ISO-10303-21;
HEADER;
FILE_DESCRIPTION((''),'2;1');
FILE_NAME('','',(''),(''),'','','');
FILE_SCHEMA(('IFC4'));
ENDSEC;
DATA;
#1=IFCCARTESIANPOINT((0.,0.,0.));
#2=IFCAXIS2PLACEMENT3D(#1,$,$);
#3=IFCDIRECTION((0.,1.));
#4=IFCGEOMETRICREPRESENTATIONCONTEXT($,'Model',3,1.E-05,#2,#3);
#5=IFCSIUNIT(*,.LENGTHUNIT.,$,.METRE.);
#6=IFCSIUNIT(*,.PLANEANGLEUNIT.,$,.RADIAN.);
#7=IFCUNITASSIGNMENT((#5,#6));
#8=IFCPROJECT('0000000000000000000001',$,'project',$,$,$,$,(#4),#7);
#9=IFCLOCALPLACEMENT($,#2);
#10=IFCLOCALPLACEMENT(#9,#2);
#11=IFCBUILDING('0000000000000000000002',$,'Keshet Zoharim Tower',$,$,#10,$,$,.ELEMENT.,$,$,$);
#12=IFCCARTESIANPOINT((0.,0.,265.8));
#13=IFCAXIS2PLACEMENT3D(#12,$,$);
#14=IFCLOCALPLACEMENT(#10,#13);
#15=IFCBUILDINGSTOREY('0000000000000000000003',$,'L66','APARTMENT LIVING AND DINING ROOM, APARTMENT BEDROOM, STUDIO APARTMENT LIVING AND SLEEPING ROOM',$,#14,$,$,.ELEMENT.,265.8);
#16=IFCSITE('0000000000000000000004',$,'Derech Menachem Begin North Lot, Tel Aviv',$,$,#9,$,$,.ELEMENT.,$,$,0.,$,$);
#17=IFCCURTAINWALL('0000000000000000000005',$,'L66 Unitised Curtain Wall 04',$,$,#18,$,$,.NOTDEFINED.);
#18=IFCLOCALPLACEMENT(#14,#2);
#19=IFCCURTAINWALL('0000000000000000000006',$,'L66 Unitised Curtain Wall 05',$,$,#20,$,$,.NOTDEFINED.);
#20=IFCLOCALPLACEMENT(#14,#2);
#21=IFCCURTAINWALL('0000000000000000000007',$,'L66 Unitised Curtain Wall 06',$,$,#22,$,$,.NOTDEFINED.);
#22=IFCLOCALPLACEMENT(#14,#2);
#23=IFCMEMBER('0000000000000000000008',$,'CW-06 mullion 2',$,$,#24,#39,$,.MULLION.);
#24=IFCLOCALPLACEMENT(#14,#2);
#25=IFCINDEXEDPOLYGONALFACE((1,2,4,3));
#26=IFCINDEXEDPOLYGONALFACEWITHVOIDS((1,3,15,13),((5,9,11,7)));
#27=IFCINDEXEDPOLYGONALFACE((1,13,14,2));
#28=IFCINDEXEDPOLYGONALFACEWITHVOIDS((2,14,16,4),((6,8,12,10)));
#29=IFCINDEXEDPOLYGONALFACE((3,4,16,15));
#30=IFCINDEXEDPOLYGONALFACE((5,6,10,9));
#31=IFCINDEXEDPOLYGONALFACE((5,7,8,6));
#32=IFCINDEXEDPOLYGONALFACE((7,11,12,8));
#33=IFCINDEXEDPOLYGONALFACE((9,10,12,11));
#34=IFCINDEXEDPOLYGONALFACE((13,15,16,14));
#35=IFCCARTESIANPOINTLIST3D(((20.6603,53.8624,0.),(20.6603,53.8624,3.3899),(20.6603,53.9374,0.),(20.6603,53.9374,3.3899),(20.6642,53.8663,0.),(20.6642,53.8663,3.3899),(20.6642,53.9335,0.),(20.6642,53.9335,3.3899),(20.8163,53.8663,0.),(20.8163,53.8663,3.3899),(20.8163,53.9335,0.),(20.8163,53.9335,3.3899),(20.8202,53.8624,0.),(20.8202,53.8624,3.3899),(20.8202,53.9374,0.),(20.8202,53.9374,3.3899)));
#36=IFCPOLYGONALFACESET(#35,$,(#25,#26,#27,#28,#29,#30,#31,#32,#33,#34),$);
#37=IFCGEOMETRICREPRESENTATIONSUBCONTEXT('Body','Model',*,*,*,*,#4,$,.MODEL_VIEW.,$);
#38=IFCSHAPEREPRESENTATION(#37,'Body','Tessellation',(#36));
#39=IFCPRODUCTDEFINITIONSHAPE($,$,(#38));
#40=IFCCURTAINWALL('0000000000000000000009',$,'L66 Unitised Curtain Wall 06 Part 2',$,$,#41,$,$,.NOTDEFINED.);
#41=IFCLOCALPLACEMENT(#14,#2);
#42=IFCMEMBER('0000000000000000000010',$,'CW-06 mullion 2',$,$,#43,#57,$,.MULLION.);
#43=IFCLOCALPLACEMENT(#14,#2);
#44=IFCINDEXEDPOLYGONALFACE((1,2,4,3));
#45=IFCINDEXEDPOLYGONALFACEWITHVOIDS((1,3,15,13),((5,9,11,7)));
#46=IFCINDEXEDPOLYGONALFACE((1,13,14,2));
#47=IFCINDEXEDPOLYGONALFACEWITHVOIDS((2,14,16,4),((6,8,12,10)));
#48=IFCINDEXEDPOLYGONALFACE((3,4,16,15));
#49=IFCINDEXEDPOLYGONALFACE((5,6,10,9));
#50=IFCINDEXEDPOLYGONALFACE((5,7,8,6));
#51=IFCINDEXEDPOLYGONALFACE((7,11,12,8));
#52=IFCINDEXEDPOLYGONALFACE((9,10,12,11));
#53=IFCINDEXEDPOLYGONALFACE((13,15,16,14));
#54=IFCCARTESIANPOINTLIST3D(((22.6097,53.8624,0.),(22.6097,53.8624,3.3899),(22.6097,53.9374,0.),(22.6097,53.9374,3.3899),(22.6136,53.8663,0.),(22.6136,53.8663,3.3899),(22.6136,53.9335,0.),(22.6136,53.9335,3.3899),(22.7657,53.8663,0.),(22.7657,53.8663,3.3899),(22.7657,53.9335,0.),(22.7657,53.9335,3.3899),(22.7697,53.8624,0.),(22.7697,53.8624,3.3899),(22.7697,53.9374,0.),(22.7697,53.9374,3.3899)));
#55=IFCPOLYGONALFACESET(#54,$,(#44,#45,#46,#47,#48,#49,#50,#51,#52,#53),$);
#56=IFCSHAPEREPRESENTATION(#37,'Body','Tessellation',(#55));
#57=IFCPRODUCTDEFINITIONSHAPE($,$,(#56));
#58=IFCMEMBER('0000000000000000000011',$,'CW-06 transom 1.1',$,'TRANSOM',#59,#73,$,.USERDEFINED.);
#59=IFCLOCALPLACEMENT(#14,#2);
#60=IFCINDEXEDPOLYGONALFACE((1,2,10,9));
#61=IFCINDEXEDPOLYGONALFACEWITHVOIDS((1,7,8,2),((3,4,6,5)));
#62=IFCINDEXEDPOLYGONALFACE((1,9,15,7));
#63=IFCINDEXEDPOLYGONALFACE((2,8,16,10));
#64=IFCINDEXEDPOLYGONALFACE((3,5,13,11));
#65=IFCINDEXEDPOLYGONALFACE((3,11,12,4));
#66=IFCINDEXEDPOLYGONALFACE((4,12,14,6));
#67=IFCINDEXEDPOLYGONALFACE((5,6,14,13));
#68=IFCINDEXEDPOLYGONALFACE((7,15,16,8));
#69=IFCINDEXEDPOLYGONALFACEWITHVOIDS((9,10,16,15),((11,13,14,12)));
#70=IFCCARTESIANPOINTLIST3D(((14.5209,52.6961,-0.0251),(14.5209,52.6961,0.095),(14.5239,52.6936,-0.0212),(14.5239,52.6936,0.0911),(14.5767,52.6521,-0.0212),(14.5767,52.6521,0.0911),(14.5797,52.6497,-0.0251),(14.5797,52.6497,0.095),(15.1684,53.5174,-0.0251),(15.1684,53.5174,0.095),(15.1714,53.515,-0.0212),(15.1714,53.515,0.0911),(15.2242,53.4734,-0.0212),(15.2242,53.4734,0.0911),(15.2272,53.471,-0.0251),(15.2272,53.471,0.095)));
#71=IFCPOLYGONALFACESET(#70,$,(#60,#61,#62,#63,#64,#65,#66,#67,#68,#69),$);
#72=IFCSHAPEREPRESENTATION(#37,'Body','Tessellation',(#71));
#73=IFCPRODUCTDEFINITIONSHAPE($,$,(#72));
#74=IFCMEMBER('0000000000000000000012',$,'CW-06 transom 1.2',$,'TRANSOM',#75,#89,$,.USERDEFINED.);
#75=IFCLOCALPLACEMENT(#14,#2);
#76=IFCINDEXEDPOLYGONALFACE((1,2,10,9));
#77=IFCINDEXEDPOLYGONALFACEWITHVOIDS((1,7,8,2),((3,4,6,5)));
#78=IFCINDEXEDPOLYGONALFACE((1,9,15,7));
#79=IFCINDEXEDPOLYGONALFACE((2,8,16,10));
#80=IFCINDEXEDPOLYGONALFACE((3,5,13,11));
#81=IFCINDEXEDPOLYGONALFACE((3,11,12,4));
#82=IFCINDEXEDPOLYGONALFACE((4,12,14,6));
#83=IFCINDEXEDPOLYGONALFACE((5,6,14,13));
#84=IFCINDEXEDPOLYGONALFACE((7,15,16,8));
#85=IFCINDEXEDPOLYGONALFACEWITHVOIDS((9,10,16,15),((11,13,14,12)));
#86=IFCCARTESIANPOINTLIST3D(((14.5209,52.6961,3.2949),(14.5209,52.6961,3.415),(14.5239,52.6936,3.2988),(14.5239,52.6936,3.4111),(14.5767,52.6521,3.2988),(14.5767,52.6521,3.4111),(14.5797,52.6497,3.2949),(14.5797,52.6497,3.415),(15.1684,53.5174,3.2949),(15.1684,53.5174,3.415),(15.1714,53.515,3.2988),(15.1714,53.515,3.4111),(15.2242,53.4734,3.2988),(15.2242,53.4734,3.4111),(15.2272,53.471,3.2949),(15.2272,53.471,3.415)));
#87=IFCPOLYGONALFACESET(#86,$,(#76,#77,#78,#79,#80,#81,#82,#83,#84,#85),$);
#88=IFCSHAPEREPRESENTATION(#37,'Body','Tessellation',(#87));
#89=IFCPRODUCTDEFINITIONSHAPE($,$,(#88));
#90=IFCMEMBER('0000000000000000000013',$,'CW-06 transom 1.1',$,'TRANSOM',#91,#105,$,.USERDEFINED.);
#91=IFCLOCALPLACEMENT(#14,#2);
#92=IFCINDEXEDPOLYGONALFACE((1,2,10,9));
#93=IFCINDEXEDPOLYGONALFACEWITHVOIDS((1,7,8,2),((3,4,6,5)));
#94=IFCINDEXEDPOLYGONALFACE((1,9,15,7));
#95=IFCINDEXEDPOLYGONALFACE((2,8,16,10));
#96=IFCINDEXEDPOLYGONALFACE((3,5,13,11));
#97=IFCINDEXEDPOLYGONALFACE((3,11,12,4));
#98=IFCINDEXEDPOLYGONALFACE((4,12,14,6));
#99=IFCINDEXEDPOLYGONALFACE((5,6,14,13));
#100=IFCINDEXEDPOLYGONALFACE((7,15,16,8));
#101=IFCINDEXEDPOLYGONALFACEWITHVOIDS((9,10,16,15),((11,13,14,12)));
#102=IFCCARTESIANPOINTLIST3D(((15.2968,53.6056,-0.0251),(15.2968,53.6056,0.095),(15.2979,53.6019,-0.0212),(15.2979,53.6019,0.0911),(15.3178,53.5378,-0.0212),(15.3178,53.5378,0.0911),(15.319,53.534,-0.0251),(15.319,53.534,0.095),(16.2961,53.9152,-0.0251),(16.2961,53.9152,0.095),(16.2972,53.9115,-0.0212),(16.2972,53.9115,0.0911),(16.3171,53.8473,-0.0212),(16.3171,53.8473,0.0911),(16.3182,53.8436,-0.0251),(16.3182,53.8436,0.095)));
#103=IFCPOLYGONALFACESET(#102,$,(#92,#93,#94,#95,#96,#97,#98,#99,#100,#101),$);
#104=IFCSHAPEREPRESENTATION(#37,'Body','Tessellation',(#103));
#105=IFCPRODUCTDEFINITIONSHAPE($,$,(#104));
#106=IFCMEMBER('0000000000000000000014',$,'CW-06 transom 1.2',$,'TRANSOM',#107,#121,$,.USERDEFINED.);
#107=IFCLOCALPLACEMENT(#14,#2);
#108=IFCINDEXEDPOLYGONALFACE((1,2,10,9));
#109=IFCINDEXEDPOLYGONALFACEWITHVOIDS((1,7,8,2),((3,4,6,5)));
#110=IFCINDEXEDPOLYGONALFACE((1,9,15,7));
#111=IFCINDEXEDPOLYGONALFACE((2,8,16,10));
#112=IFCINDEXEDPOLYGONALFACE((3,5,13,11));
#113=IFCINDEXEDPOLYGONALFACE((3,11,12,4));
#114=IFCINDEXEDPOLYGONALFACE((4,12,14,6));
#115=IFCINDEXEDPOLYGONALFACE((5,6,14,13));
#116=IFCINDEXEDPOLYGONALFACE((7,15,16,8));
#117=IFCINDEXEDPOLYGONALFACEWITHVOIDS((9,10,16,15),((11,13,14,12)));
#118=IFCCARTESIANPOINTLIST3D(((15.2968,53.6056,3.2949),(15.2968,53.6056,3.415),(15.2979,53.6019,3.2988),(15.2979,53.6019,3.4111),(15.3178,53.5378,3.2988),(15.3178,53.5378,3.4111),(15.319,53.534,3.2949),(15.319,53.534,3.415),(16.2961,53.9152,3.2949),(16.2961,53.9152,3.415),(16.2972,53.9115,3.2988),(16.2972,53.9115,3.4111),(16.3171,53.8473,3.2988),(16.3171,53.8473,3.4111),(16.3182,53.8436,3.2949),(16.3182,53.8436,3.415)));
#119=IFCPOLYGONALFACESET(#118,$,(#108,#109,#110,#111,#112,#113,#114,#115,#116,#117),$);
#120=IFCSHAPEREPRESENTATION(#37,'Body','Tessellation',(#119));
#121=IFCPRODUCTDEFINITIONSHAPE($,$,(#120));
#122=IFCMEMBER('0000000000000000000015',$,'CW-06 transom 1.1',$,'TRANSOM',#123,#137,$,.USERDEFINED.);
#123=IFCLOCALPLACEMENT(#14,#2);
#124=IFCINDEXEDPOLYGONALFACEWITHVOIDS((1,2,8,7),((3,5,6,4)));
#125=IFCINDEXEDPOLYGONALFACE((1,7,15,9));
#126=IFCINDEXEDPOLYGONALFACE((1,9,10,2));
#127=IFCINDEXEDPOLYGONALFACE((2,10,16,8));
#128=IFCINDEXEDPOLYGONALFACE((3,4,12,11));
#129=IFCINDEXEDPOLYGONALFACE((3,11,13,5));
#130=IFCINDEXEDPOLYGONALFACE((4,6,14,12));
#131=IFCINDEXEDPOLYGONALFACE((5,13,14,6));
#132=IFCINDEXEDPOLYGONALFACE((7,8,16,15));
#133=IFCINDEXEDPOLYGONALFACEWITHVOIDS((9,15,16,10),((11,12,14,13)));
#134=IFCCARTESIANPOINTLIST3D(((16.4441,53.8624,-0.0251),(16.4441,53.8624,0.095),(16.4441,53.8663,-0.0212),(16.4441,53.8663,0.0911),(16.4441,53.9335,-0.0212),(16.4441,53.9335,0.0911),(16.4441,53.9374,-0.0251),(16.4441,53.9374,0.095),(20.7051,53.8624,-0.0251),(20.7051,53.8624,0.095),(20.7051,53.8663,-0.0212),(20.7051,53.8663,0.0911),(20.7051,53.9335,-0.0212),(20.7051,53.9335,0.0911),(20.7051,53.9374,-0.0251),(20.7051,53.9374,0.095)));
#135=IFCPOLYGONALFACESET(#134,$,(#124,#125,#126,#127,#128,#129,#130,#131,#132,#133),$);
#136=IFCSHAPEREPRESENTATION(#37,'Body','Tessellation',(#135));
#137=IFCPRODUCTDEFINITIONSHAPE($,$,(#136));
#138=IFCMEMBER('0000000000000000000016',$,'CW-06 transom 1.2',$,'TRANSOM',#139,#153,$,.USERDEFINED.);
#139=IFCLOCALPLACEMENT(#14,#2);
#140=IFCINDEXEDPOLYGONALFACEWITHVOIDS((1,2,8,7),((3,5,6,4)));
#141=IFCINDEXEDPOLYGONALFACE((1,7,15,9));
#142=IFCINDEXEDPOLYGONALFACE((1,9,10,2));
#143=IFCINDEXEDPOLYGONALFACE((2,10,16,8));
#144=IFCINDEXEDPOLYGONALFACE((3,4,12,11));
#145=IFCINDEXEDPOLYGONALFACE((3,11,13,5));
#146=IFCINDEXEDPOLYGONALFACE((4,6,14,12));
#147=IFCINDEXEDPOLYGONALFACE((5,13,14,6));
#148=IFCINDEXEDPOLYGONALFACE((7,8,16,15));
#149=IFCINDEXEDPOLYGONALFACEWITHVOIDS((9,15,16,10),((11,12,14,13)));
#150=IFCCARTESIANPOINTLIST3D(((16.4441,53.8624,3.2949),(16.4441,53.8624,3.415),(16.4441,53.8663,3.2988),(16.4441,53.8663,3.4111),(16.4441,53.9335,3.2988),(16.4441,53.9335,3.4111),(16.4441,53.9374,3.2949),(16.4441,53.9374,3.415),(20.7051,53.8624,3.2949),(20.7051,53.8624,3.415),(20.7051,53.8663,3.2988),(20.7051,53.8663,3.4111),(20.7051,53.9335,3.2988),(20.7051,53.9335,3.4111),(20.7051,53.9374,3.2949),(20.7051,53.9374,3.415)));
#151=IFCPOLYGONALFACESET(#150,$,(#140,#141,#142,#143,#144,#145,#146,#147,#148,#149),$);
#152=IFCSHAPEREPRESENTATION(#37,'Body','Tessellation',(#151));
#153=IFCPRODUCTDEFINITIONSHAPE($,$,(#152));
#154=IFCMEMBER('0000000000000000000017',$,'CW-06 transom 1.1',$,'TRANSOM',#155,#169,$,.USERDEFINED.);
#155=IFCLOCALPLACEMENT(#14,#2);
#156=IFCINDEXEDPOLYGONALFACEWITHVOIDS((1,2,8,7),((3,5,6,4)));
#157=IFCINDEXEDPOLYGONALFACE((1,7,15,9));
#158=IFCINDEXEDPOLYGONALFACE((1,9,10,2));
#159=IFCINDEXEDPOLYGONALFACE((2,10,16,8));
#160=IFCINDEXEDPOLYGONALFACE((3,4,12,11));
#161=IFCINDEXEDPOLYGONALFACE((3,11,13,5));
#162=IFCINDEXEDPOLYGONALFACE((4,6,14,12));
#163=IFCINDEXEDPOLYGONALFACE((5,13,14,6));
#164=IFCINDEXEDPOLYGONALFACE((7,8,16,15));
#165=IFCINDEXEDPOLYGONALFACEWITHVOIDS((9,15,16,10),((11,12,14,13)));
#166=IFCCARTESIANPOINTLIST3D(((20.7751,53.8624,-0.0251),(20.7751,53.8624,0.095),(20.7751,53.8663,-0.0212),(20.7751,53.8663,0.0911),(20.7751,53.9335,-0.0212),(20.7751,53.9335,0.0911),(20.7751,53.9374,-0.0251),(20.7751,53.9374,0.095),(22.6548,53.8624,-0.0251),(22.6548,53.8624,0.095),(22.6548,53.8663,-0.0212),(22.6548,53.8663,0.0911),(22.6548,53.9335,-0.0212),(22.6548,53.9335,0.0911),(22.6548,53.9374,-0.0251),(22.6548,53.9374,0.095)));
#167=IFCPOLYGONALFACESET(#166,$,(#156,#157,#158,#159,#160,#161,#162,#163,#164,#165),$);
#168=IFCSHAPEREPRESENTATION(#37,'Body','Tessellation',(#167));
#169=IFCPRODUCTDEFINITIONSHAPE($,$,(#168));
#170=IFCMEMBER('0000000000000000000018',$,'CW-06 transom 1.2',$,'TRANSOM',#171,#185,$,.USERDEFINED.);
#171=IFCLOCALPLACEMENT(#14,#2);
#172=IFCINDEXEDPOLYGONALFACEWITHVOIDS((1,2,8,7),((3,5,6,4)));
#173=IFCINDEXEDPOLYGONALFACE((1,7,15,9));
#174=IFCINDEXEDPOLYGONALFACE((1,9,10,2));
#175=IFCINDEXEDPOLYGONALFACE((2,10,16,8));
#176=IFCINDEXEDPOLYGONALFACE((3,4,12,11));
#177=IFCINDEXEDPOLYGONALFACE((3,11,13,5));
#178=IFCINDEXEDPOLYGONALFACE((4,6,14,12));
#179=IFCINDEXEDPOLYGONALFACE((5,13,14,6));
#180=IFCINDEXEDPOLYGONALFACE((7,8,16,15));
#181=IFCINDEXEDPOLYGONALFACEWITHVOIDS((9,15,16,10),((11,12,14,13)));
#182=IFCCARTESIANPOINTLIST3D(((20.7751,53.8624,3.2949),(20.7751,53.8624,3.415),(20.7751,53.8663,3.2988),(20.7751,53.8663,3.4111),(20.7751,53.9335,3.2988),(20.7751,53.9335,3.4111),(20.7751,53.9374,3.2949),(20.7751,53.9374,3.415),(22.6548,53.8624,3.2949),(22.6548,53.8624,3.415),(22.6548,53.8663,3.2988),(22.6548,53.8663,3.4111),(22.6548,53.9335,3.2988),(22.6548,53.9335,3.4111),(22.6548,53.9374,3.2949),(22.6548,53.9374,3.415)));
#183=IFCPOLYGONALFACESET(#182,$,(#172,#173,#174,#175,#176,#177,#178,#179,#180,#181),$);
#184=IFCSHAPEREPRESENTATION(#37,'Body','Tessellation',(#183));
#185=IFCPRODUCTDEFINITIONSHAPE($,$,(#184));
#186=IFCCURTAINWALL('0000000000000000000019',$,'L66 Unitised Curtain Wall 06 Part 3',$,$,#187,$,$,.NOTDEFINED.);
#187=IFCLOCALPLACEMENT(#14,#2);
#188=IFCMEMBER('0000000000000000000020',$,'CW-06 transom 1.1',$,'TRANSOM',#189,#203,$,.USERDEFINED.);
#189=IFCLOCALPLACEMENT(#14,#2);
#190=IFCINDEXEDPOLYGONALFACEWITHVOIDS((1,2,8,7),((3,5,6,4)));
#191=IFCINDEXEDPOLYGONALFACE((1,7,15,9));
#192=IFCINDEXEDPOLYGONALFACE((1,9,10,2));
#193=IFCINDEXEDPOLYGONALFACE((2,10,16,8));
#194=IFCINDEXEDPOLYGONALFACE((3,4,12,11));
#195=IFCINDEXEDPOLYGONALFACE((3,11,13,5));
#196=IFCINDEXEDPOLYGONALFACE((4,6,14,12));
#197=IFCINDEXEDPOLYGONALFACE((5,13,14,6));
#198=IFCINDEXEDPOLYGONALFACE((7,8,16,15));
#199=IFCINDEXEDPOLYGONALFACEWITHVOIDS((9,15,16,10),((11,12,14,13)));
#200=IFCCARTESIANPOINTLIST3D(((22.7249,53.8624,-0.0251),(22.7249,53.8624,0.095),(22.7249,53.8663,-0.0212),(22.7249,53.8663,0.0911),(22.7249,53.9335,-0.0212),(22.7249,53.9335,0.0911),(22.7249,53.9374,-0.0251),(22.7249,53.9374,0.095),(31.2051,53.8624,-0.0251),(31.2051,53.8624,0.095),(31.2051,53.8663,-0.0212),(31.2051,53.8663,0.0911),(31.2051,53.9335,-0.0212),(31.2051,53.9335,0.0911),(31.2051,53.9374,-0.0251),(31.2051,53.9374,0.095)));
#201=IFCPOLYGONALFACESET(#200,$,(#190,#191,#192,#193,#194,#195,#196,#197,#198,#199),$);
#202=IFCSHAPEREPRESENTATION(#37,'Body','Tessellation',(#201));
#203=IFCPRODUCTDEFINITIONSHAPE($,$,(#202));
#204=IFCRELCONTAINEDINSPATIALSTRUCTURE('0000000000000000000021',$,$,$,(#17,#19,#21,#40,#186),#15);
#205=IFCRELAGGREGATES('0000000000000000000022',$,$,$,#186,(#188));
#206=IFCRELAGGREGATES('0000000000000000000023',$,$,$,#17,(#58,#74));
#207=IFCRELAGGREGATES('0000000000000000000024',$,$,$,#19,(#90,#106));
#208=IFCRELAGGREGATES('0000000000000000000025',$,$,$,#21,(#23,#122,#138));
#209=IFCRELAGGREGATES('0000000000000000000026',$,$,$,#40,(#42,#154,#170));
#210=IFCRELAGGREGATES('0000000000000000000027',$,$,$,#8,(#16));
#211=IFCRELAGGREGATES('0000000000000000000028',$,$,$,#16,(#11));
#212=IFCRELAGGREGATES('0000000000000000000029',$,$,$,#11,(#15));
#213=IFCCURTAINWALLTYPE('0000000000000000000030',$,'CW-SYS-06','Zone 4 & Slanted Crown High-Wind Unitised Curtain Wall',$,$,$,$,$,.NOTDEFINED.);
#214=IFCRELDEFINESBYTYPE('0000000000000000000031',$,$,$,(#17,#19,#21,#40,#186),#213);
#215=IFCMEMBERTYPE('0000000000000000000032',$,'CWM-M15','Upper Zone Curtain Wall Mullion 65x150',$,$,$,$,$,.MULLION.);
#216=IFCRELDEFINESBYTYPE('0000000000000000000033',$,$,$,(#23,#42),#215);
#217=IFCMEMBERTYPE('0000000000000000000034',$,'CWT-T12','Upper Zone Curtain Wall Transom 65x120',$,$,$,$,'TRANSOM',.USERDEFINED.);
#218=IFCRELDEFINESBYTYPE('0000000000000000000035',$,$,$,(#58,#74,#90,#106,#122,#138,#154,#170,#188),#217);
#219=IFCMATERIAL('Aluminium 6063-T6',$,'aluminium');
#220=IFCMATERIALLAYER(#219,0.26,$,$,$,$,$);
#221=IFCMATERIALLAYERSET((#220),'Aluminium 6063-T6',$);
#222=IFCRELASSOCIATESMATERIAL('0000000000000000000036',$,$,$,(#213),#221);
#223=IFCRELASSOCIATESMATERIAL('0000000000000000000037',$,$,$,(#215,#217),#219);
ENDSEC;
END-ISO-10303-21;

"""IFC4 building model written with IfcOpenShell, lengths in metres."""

from ifc_helpers import new_model, si_unit, direction, frame, origin, origin_2d, place, context, subcontext, project, spatial, hollow_rectangle, extrude, material, layer, layer_set, material_profile, profile_set, type_object, element, aggregate, save


model = new_model("IFC4")

# Units and contexts
model_context = context("Model", 3, precision=1e-05, world=origin(), true_north=direction((0.0, 1.0)))
body_context = subcontext(model_context, "Body", "Model", "MODEL_VIEW")
ifc_project = project(units=[si_unit("LENGTHUNIT", "METRE"), si_unit("PLANEANGLEUNIT", "RADIAN")], contexts=[model_context])

# Site, building, storey
site_placement = place(None, origin())
site = spatial("IfcSite", under=ifc_project, at=site_placement, Name="Derech Menachem Begin North Lot, Tel Aviv", CompositionType="ELEMENT", RefElevation=0.0)
building_placement = place(site_placement, origin())
building = spatial("IfcBuilding", under=site, at=building_placement, Name="Keshet Zoharim Tower", CompositionType="ELEMENT")
storey_placement = place(building_placement, frame((0.0, 0.0, 265.8)))
storey = spatial("IfcBuildingStorey", under=building, at=storey_placement, Name="L66", Description="APARTMENT LIVING AND DINING ROOM, APARTMENT BEDROOM, STUDIO APARTMENT LIVING AND SLEEPING ROOM", CompositionType="ELEMENT", Elevation=265.8)

# Curtain walls, member
ifc_material_1 = material(Name="Aluminium 6063-T6", Category="aluminium")
ifc_layer_1 = layer(ifc_material_1, 0.26)
ifc_layer_set_1 = layer_set([ifc_layer_1], Name="Aluminium 6063-T6")
curtain_wall_type = type_object("IfcCurtainWallType", Name="CW-SYS-06", Description="Zone 4 & Slanted Crown High-Wind Unitised Curtain Wall", PredefinedType="NOTDEFINED", material=ifc_layer_set_1)
curtain_wall_1_placement = place(storey_placement, origin())
curtain_wall_1 = element("IfcCurtainWall", 1, at=curtain_wall_1_placement, inside=storey, type_object=curtain_wall_type, Name="L66 Unitised Curtain Wall 04", PredefinedType="NOTDEFINED")
ifc_material_profile_1 = material_profile(ifc_material_1, hollow_rectangle(XDim=0.075, YDim=0.1599, WallThickness=0.0039, at=origin_2d()), Name="MUL-75x160")
ifc_profile_set_1 = profile_set([ifc_material_profile_1], Name="Aluminium 6063-T6")
member_type_1 = type_object("IfcMemberType", Name="CWM-M15", Description="Upper Zone Curtain Wall Mullion 65x150", PredefinedType="MULLION", material=ifc_profile_set_1)
curtain_wall_2_placement = place(storey_placement, origin())
curtain_wall_2 = element("IfcCurtainWall", 2, at=curtain_wall_2_placement, inside=storey, type_object=curtain_wall_type, Name="L66 Unitised Curtain Wall 05", PredefinedType="NOTDEFINED")
curtain_wall_3_placement = place(storey_placement, origin())
curtain_wall_3 = element("IfcCurtainWall", 3, at=curtain_wall_3_placement, inside=storey, type_object=curtain_wall_type, Name="L66 Unitised Curtain Wall 06", PredefinedType="NOTDEFINED")
member_1_placement = place(storey_placement, frame((20.7402, 53.8999, 0.0), z_axis=(0.0, 0.0, 1.0), x_axis=(0.0, 1.0, 0.0)))
member_1 = element("IfcMember", 4, at=member_1_placement, type_object=member_type_1, Name="CW-06 mullion 2", PredefinedType="MULLION", context=body_context, shape_type="SweptSolid", body=[
    extrude(hollow_rectangle(XDim=0.075, YDim=0.1599, WallThickness=0.0039, at=origin_2d()), origin(), (0.0, 0.0, 1.0), 3.3899),
])

# Curtain wall, member
curtain_wall_4_placement = place(storey_placement, origin())
curtain_wall_4 = element("IfcCurtainWall", 5, at=curtain_wall_4_placement, inside=storey, type_object=curtain_wall_type, Name="L66 Unitised Curtain Wall 06 Part 2", PredefinedType="NOTDEFINED")
member_2_placement = place(storey_placement, frame((22.6897, 53.8999, 0.0), z_axis=(0.0, 0.0, 1.0), x_axis=(0.0, 1.0, 0.0)))
member_2 = element("IfcMember", 6, at=member_2_placement, type_object=member_type_1, Name="CW-06 mullion 2", PredefinedType="MULLION", context=body_context, shape_type="SweptSolid", body=[
    extrude(hollow_rectangle(XDim=0.075, YDim=0.1599, WallThickness=0.0039, at=origin_2d()), origin(), (0.0, 0.0, 1.0), 3.3899),
])

# Members
ifc_material_profile_2 = material_profile(ifc_material_1, hollow_rectangle(XDim=0.075, YDim=0.1201, WallThickness=0.0039, at=origin_2d()), Name="TRN-75x120")
ifc_profile_set_2 = profile_set([ifc_material_profile_2], Name="Aluminium 6063-T6")
member_type_2 = type_object("IfcMemberType", Name="CWT-T12", Description="Upper Zone Curtain Wall Transom 65x120", ElementType="TRANSOM", PredefinedType="USERDEFINED", material=ifc_profile_set_2)
member_3_placement = place(storey_placement, frame((14.5503, 52.6729, 0.0349), z_axis=(0.619099, 0.785313, 0.0), x_axis=(-0.785313, 0.619099, 0.0)))
member_3 = element("IfcMember", 7, at=member_3_placement, type_object=member_type_2, Name="CW-06 transom 1.1", ObjectType="TRANSOM", PredefinedType="USERDEFINED", context=body_context, shape_type="SweptSolid", body=[
    extrude(hollow_rectangle(XDim=0.075, YDim=0.1201, WallThickness=0.0039, at=origin_2d()), origin(), (0.0, 0.0, 1.0), 1.0459),
])
member_4_placement = place(storey_placement, frame((14.5503, 52.6729, 3.355), z_axis=(0.619099, 0.785313, 0.0), x_axis=(-0.785313, 0.619099, 0.0)))
member_4 = element("IfcMember", 8, at=member_4_placement, type_object=member_type_2, Name="CW-06 transom 1.2", ObjectType="TRANSOM", PredefinedType="USERDEFINED", context=body_context, shape_type="SweptSolid", body=[
    extrude(hollow_rectangle(XDim=0.075, YDim=0.1201, WallThickness=0.0039, at=origin_2d()), origin(), (0.0, 0.0, 1.0), 1.0459),
])
member_5_placement = place(storey_placement, frame((15.3079, 53.5698, 0.0349), z_axis=(0.955212, 0.295922, 0.0), x_axis=(-0.295922, 0.955212, 0.0)))
member_5 = element("IfcMember", 9, at=member_5_placement, type_object=member_type_2, Name="CW-06 transom 1.1", ObjectType="TRANSOM", PredefinedType="USERDEFINED", context=body_context, shape_type="SweptSolid", body=[
    extrude(hollow_rectangle(XDim=0.075, YDim=0.1201, WallThickness=0.0039, at=origin_2d()), origin(), (0.0, 0.0, 1.0), 1.0461),
])
member_6_placement = place(storey_placement, frame((15.3079, 53.5698, 3.355), z_axis=(0.955212, 0.295922, 0.0), x_axis=(-0.295922, 0.955212, 0.0)))
member_6 = element("IfcMember", 10, at=member_6_placement, type_object=member_type_2, Name="CW-06 transom 1.2", ObjectType="TRANSOM", PredefinedType="USERDEFINED", context=body_context, shape_type="SweptSolid", body=[
    extrude(hollow_rectangle(XDim=0.075, YDim=0.1201, WallThickness=0.0039, at=origin_2d()), origin(), (0.0, 0.0, 1.0), 1.0461),
])
member_7_placement = place(storey_placement, frame((16.4441, 53.8999, 0.0349), z_axis=(1.0, 0.0, 0.0), x_axis=(0.0, 1.0, 0.0)))
member_7 = element("IfcMember", 11, at=member_7_placement, type_object=member_type_2, Name="CW-06 transom 1.1", ObjectType="TRANSOM", PredefinedType="USERDEFINED", context=body_context, shape_type="SweptSolid", body=[
    extrude(hollow_rectangle(XDim=0.075, YDim=0.1201, WallThickness=0.0039, at=origin_2d()), origin(), (0.0, 0.0, 1.0), 4.261),
])
member_8_placement = place(storey_placement, frame((16.4441, 53.8999, 3.355), z_axis=(1.0, 0.0, 0.0), x_axis=(0.0, 1.0, 0.0)))
member_8 = element("IfcMember", 12, at=member_8_placement, type_object=member_type_2, Name="CW-06 transom 1.2", ObjectType="TRANSOM", PredefinedType="USERDEFINED", context=body_context, shape_type="SweptSolid", body=[
    extrude(hollow_rectangle(XDim=0.075, YDim=0.1201, WallThickness=0.0039, at=origin_2d()), origin(), (0.0, 0.0, 1.0), 4.261),
])
member_9_placement = place(storey_placement, frame((20.7751, 53.8999, 0.0349), z_axis=(1.0, 0.0, 0.0), x_axis=(0.0, 1.0, 0.0)))
member_9 = element("IfcMember", 13, at=member_9_placement, type_object=member_type_2, Name="CW-06 transom 1.1", ObjectType="TRANSOM", PredefinedType="USERDEFINED", context=body_context, shape_type="SweptSolid", body=[
    extrude(hollow_rectangle(XDim=0.075, YDim=0.1201, WallThickness=0.0039, at=origin_2d()), origin(), (0.0, 0.0, 1.0), 1.8796),
])
member_10_placement = place(storey_placement, frame((20.7751, 53.8999, 3.355), z_axis=(1.0, 0.0, 0.0), x_axis=(0.0, 1.0, 0.0)))
member_10 = element("IfcMember", 14, at=member_10_placement, type_object=member_type_2, Name="CW-06 transom 1.2", ObjectType="TRANSOM", PredefinedType="USERDEFINED", context=body_context, shape_type="SweptSolid", body=[
    extrude(hollow_rectangle(XDim=0.075, YDim=0.1201, WallThickness=0.0039, at=origin_2d()), origin(), (0.0, 0.0, 1.0), 1.8796),
])

# Curtain wall, member
curtain_wall_5_placement = place(storey_placement, origin())
curtain_wall_5 = element("IfcCurtainWall", 15, at=curtain_wall_5_placement, inside=storey, type_object=curtain_wall_type, Name="L66 Unitised Curtain Wall 06 Part 3", PredefinedType="NOTDEFINED")
member_11_placement = place(storey_placement, frame((22.7249, 53.8999, 0.0349), z_axis=(1.0, 0.0, 0.0), x_axis=(0.0, 1.0, 0.0)))
member_11 = element("IfcMember", 16, at=member_11_placement, type_object=member_type_2, Name="CW-06 transom 1.1", ObjectType="TRANSOM", PredefinedType="USERDEFINED", context=body_context, shape_type="SweptSolid", body=[
    extrude(hollow_rectangle(XDim=0.075, YDim=0.1201, WallThickness=0.0039, at=origin_2d()), origin(), (0.0, 0.0, 1.0), 8.4802),
])
aggregate(curtain_wall_5, [member_11])

aggregate(curtain_wall_1, [member_3, member_4])
aggregate(curtain_wall_2, [member_5, member_6])
aggregate(curtain_wall_3, [member_1, member_7, member_8])
aggregate(curtain_wall_4, [member_2, member_9, member_10])

save(model, "model.ifc")
